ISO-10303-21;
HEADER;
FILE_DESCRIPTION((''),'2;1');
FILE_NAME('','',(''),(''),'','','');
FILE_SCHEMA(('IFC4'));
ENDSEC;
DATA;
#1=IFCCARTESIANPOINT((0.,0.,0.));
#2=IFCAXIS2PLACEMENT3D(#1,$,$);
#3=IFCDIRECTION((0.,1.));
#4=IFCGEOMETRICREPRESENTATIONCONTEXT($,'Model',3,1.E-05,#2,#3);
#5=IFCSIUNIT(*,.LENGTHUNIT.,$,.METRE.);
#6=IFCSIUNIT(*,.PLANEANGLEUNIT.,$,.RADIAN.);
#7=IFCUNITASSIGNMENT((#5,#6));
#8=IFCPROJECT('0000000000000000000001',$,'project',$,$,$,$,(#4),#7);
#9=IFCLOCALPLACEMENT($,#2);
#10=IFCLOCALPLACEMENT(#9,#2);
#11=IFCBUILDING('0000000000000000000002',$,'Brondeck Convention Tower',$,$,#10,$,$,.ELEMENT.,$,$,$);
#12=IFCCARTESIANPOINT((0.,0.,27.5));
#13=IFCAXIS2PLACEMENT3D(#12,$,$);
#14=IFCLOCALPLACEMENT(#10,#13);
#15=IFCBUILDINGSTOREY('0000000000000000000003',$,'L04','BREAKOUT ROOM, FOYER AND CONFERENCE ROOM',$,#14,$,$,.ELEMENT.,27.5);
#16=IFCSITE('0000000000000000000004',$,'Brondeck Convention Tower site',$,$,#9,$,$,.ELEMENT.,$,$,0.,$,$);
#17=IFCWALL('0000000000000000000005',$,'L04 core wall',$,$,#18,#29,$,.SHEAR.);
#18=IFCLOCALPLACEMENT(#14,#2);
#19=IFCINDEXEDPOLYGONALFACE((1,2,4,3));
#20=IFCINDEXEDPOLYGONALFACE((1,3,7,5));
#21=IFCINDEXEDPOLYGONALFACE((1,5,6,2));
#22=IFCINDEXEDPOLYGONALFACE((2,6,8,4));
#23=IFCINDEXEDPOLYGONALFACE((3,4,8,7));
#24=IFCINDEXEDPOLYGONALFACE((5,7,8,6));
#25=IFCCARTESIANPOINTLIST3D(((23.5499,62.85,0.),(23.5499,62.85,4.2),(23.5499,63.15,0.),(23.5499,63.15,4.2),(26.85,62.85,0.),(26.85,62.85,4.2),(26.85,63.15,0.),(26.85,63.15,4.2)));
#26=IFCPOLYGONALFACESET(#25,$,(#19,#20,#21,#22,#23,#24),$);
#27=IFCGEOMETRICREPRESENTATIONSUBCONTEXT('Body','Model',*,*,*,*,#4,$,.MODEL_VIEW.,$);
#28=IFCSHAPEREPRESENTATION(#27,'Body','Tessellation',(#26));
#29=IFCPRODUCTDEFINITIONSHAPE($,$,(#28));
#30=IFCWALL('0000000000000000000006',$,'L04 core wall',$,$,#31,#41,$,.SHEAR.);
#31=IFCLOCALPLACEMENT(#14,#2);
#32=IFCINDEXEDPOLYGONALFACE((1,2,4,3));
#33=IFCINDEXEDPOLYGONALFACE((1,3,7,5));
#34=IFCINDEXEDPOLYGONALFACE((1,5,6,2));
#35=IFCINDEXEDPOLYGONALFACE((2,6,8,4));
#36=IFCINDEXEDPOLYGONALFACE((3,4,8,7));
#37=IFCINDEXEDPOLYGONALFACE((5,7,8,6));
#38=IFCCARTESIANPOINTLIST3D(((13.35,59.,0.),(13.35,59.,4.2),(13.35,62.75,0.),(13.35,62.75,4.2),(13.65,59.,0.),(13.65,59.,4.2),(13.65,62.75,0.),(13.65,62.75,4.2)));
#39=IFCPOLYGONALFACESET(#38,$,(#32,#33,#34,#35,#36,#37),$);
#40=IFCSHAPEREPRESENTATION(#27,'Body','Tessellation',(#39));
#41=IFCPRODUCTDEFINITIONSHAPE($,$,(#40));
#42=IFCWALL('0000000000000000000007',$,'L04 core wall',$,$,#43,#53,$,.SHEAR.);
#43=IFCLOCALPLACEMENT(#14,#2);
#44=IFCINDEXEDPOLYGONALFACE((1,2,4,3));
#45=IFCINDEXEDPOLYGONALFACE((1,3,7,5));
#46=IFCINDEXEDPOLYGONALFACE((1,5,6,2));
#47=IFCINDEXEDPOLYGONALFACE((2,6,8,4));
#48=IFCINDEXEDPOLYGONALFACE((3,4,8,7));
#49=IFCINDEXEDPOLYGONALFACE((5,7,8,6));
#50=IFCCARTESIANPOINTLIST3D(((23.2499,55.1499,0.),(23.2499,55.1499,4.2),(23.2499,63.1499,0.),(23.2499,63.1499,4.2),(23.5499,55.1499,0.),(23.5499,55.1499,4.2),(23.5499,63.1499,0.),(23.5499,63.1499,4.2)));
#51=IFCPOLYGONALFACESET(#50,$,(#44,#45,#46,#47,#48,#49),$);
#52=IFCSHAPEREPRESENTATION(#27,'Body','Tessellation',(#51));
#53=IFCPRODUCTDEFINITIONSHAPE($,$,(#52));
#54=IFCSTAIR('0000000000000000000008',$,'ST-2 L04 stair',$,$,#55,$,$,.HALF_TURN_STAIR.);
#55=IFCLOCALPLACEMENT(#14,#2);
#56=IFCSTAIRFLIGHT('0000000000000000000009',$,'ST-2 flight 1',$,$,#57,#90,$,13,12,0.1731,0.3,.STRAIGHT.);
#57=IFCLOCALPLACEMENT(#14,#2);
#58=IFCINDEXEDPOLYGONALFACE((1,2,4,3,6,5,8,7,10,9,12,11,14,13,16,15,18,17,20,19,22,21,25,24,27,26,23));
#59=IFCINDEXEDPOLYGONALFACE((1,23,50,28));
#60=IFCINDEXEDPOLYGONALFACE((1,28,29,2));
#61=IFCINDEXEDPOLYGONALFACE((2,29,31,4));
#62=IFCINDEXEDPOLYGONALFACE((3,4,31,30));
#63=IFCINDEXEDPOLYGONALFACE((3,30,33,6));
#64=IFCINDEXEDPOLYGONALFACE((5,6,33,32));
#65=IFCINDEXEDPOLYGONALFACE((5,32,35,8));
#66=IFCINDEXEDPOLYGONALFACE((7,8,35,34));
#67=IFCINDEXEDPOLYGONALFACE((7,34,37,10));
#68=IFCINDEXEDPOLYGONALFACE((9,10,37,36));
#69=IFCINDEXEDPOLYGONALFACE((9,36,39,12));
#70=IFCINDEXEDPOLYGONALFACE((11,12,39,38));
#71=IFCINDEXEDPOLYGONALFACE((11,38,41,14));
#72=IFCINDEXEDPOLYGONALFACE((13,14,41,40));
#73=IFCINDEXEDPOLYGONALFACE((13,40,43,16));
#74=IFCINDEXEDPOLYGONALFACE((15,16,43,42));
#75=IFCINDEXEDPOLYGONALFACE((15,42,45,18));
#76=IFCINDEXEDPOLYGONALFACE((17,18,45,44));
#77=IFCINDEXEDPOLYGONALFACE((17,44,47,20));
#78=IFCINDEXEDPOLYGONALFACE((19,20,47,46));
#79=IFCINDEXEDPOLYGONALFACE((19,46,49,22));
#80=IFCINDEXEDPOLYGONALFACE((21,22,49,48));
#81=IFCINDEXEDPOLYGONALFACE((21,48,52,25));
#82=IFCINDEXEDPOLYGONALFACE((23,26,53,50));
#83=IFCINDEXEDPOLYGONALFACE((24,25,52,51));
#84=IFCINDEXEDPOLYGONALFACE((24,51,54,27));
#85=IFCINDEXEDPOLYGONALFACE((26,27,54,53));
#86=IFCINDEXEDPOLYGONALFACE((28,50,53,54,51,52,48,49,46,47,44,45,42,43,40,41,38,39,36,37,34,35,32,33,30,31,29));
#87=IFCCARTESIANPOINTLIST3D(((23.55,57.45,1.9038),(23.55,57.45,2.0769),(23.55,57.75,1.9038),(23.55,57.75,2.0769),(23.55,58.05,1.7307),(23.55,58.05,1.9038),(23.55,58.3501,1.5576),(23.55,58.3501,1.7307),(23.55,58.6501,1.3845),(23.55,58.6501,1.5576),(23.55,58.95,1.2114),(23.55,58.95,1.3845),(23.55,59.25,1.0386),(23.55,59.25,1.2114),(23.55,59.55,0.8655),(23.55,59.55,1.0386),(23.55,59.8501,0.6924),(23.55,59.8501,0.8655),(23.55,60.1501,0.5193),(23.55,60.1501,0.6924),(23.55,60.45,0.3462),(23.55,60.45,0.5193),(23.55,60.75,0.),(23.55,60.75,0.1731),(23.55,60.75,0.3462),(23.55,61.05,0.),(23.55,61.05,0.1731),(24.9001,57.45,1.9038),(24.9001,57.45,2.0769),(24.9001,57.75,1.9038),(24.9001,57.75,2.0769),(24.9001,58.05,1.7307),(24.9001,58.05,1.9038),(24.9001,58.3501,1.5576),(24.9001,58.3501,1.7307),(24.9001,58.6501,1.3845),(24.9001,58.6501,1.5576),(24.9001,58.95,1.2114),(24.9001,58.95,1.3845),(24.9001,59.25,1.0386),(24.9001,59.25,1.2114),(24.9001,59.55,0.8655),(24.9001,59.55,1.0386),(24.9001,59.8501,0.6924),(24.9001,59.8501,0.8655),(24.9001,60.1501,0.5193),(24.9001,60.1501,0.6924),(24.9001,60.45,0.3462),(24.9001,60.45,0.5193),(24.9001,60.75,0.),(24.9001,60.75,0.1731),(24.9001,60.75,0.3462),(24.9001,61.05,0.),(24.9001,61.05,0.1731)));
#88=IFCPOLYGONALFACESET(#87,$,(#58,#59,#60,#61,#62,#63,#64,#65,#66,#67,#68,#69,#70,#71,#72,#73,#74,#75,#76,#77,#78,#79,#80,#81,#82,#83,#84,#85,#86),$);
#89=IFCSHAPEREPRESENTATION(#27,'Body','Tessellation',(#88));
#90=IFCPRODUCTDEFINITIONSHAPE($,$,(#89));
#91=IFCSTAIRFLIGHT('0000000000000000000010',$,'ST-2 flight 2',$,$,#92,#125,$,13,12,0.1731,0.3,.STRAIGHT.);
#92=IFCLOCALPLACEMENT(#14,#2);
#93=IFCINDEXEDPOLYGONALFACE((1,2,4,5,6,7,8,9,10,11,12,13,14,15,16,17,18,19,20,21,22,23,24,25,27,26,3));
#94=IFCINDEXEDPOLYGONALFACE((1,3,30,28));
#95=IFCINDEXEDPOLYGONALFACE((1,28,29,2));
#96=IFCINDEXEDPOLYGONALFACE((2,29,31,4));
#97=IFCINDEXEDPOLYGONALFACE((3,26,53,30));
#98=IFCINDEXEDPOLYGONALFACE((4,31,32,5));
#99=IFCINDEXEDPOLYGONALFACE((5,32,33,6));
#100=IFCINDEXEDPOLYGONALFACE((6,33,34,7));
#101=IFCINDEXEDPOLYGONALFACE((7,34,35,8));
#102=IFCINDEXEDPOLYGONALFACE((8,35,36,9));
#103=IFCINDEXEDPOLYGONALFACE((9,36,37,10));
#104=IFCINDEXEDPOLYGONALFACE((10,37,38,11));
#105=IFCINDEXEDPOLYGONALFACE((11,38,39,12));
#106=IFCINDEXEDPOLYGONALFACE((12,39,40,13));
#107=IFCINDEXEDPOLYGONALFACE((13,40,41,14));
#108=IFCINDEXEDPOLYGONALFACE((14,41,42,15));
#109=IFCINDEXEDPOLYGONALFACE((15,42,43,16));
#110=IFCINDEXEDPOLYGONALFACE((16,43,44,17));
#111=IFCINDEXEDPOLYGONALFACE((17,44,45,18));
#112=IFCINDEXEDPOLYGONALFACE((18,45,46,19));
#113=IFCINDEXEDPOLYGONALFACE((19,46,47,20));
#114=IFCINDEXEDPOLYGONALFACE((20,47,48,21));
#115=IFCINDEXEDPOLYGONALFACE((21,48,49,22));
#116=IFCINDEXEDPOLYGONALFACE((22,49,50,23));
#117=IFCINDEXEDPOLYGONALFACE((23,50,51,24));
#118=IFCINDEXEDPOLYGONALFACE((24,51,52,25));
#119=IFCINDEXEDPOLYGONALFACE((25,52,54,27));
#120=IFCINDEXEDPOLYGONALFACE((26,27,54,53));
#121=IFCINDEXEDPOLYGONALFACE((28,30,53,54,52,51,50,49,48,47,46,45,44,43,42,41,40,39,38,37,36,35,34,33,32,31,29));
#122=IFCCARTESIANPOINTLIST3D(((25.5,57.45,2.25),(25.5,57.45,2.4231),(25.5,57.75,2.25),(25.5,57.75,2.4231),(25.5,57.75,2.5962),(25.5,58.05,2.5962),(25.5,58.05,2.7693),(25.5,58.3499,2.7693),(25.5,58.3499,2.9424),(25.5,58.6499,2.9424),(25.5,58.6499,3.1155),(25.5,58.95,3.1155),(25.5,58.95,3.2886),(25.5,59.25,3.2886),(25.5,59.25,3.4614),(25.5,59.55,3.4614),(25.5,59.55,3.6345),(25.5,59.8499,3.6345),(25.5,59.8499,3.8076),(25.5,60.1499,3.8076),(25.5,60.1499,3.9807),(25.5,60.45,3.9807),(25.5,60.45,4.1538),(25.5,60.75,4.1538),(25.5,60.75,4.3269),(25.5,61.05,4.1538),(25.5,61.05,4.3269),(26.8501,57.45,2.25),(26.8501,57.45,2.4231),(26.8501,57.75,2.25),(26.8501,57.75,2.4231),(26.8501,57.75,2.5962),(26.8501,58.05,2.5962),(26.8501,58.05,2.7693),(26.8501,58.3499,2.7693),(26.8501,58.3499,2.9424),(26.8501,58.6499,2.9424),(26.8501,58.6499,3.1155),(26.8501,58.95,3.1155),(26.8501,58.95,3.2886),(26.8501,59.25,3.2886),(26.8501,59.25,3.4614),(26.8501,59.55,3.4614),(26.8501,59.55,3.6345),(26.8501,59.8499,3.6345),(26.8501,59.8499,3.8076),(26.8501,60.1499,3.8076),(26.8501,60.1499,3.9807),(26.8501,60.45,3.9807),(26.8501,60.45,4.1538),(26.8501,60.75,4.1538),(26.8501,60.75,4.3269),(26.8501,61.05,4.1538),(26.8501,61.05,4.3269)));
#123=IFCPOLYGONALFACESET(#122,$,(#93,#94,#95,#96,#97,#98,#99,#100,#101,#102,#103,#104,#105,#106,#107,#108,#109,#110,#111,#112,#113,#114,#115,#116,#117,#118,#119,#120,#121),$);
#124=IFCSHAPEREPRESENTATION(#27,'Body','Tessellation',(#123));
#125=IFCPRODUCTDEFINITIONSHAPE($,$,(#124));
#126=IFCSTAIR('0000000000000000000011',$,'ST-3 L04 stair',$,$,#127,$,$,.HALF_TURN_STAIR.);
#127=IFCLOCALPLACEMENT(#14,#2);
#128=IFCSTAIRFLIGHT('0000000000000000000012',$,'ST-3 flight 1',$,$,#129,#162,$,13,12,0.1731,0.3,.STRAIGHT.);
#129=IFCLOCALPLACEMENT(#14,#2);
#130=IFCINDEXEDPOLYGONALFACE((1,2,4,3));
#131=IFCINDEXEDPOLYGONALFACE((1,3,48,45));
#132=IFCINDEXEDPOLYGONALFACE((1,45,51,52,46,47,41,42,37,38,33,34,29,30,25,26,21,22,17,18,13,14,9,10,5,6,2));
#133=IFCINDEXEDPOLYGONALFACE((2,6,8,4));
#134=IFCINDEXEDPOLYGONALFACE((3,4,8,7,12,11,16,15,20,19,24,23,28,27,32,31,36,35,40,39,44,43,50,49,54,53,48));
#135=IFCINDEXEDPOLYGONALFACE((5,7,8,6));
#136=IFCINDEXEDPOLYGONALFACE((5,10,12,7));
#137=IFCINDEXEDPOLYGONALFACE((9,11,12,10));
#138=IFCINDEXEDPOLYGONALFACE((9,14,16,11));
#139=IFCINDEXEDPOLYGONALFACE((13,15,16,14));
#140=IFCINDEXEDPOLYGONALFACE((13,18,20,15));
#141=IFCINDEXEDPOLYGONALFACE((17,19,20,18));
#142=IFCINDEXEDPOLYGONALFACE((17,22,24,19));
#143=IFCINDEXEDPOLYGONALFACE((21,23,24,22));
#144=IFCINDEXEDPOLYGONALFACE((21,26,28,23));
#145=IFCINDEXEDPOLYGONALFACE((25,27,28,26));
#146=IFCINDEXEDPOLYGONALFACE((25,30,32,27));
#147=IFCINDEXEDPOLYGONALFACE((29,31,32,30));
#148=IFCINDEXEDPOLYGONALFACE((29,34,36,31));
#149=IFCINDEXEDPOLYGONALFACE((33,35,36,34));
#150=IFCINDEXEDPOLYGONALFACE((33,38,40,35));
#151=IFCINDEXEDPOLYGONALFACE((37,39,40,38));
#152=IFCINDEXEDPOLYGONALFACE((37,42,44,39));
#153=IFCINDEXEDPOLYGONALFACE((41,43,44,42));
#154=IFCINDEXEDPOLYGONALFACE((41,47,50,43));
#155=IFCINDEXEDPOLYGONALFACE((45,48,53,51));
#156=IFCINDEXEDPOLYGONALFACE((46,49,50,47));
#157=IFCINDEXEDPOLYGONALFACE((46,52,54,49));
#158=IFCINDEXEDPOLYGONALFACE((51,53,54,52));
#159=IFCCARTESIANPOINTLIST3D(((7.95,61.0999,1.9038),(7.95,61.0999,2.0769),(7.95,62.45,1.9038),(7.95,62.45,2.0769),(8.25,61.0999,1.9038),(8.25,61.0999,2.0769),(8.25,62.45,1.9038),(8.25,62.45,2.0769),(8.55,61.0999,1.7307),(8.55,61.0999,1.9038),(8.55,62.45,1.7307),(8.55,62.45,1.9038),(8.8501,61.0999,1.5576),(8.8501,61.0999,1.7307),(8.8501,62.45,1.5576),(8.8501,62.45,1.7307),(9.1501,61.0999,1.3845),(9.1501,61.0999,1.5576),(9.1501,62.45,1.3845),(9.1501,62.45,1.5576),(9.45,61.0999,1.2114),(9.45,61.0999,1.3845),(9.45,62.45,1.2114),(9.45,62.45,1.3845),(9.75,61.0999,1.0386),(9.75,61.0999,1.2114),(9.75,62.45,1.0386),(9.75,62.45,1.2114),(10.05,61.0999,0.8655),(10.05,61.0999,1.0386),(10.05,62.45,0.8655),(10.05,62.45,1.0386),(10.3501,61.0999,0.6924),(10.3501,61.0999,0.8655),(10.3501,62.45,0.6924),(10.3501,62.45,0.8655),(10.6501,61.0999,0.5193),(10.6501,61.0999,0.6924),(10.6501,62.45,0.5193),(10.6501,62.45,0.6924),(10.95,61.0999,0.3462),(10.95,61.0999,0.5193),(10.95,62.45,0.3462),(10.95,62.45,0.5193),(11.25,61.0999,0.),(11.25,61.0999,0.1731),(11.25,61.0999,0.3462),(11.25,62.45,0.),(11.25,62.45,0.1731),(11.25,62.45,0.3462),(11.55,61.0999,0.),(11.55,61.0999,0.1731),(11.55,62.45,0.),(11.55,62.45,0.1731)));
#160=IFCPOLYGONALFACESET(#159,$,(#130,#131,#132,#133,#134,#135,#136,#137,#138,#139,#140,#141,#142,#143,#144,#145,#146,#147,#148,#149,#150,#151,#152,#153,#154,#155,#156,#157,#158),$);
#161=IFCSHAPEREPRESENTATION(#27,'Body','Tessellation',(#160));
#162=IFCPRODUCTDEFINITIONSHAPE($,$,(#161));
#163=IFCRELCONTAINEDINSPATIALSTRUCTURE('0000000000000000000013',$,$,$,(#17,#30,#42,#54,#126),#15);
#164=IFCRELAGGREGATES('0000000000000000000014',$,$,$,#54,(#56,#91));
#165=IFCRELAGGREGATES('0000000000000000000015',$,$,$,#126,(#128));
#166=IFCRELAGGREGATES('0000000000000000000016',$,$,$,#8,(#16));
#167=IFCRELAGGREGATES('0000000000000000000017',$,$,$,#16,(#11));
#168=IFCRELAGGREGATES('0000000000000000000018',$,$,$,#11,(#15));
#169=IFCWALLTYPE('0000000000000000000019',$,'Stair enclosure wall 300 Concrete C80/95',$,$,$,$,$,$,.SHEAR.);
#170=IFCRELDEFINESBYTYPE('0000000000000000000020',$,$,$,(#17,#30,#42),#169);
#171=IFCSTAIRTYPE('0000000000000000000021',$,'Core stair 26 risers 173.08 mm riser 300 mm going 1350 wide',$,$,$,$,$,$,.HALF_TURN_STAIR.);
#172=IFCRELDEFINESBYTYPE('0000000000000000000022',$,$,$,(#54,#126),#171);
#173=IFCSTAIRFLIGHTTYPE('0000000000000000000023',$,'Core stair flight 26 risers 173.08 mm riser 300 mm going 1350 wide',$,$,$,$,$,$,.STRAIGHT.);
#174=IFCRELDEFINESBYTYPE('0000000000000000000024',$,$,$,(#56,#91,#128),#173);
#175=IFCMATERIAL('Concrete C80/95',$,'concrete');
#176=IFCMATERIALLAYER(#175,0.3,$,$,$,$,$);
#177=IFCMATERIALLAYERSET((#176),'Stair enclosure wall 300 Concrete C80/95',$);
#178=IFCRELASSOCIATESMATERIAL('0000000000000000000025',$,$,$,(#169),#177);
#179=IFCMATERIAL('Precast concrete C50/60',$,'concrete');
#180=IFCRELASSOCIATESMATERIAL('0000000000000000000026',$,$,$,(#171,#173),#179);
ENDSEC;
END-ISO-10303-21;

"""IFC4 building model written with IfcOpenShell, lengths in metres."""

from ifc_helpers import new_model, si_unit, direction, frame, frame_2d, origin, place, context, subcontext, project, spatial, polyline, rectangle, outline, extrude, material, layer, layer_set, type_object, element, aggregate, save


model = new_model("IFC4")

# Units and contexts
model_context = context("Model", 3, precision=1e-05, world=origin(), true_north=direction((0.0, 1.0)))
body_context = subcontext(model_context, "Body", "Model", "MODEL_VIEW")
ifc_project = project(units=[si_unit("LENGTHUNIT", "METRE"), si_unit("PLANEANGLEUNIT", "RADIAN")], contexts=[model_context])

# Site, building, storey
site_placement = place(None, origin())
site = spatial("IfcSite", under=ifc_project, at=site_placement, Name="Brondeck Convention Tower site", CompositionType="ELEMENT", RefElevation=0.0)
building_placement = place(site_placement, origin())
building = spatial("IfcBuilding", under=site, at=building_placement, Name="Brondeck Convention Tower", CompositionType="ELEMENT")
storey_placement = place(building_placement, frame((0.0, 0.0, 27.5)))
storey = spatial("IfcBuildingStorey", under=building, at=storey_placement, Name="L04", Description="BREAKOUT ROOM, FOYER AND CONFERENCE ROOM", CompositionType="ELEMENT", Elevation=27.5)

# Shared definitions
ifc_material_1 = material(Name="Concrete C80/95", Category="concrete")

# Walls
ifc_layer_1 = layer(ifc_material_1, 0.3)
ifc_layer_set_1 = layer_set([ifc_layer_1], Name="Stair enclosure wall 300 Concrete C80/95")
wall_type_1 = type_object("IfcWallType", Name="Stair enclosure wall 300 Concrete C80/95", PredefinedType="SHEAR", material=ifc_layer_set_1)
wall_1_placement = place(storey_placement, frame((23.55, 63.0, 0.0), z_axis=(0.0, 0.0, 1.0), x_axis=(1.0, 0.0, 0.0)))
element("IfcWall", 1, at=wall_1_placement, inside=storey, type_object=wall_type_1, Name="L04 core wall", PredefinedType="SHEAR", context=body_context, shape_type="SweptSolid", body=[
    extrude(rectangle(XDim=3.3, YDim=0.3, at=frame_2d((1.6499, 0.0))), origin(), (0.0, 0.0, 1.0), 4.2),
])
wall_2_placement = place(storey_placement, frame((13.5, 59.0, 0.0), z_axis=(0.0, 0.0, 1.0), x_axis=(0.0, 1.0, 0.0)))
element("IfcWall", 2, at=wall_2_placement, inside=storey, type_object=wall_type_1, Name="L04 core wall", PredefinedType="SHEAR", context=body_context, shape_type="SweptSolid", body=[
    extrude(rectangle(XDim=3.75, YDim=0.3, at=frame_2d((1.875, 0.0))), origin(), (0.0, 0.0, 1.0), 4.2),
])
wall_3_placement = place(storey_placement, frame((23.3999, 55.1499, 0.0), z_axis=(0.0, 0.0, 1.0), x_axis=(0.0, 1.0, 0.0)))
element("IfcWall", 3, at=wall_3_placement, inside=storey, type_object=wall_type_1, Name="L04 core wall", PredefinedType="SHEAR", context=body_context, shape_type="SweptSolid", body=[
    extrude(rectangle(XDim=8.0, YDim=0.3, at=frame_2d((4.0, 0.0))), origin(), (0.0, 0.0, 1.0), 4.2),
])

# Stair, stair flights
ifc_material_2 = material(Name="Precast concrete C50/60", Category="concrete")
stair_type = type_object("IfcStairType", Name="Core stair 26 risers 173.08 mm riser 300 mm going 1350 wide", PredefinedType="HALF_TURN_STAIR", material=ifc_material_2)
stair_1_placement = place(storey_placement, origin())
stair_1 = element("IfcStair", 4, at=stair_1_placement, inside=storey, type_object=stair_type, Name="ST-2 L04 stair", PredefinedType="HALF_TURN_STAIR")
stair_flight_type = type_object("IfcStairFlightType", Name="Core stair flight 26 risers 173.08 mm riser 300 mm going 1350 wide", PredefinedType="STRAIGHT", material=ifc_material_2)
stair_flight_1_placement = place(storey_placement, frame((24.2251, 61.05, 0.0), z_axis=(0.0, 0.0, 1.0), x_axis=(0.0, -1.0, 0.0)))
stair_flight_1 = element("IfcStairFlight", 5, at=stair_flight_1_placement, type_object=stair_flight_type, Name="ST-2 flight 1", NumberOfRisers=13, NumberOfTreads=12, PredefinedType="STRAIGHT", RiserHeight=0.1731, TreadLength=0.3, context=body_context, shape_type="SweptSolid", body=[
    extrude(outline(polyline([(0.0, 0.0), (0.0, 0.1731), (0.3, 0.1731), (0.3, 0.3462), (0.6001, 0.3462), (0.6001, 0.5193), (0.8999, 0.5193), (0.8999, 0.6924), (1.2, 0.6924), (1.2, 0.8655), (1.5, 0.8655), (1.5, 1.0386), (1.8, 1.0386), (1.8, 1.2114), (2.1001, 1.2114), (2.1001, 1.3845), (2.3999, 1.3845), (2.3999, 1.5576), (2.7, 1.5576), (2.7, 1.7307), (3.0, 1.7307), (3.0, 1.9038), (3.3, 1.9038), (3.3, 2.0769), (3.6001, 2.0769), (3.6001, 2.25), (3.6001, 1.9038), (0.3, 0.0), (0.0, 0.0)])), frame((0.0, 0.675, 0.0), z_axis=(0.0, -1.0, 0.0), x_axis=(1.0, 0.0, 0.0)), (0.0, 0.0, 1.0), 1.3501),
])
stair_flight_2_placement = place(storey_placement, frame((26.175, 57.45, 2.25), z_axis=(0.0, 0.0, 1.0), x_axis=(0.0, 1.0, 0.0)))
stair_flight_2 = element("IfcStairFlight", 6, at=stair_flight_2_placement, type_object=stair_flight_type, Name="ST-2 flight 2", NumberOfRisers=13, NumberOfTreads=12, PredefinedType="STRAIGHT", RiserHeight=0.1731, TreadLength=0.3, context=body_context, shape_type="SweptSolid", body=[
    extrude(outline(polyline([(0.0, 0.0), (0.0, 0.1731), (0.3, 0.1731), (0.3, 0.3462), (0.6001, 0.3462), (0.6001, 0.5193), (0.8999, 0.5193), (0.8999, 0.6924), (1.2, 0.6924), (1.2, 0.8655), (1.5, 0.8655), (1.5, 1.0386), (1.8, 1.0386), (1.8, 1.2114), (2.1001, 1.2114), (2.1001, 1.3845), (2.3999, 1.3845), (2.3999, 1.5576), (2.7, 1.5576), (2.7, 1.7307), (3.0, 1.7307), (3.0, 1.9038), (3.3, 1.9038), (3.3, 2.0769), (3.6001, 2.0769), (3.6001, 2.25), (3.6001, 1.9038), (0.3, 0.0), (0.0, 0.0)])), frame((0.0, 0.675, 0.0), z_axis=(0.0, -1.0, 0.0), x_axis=(1.0, 0.0, 0.0)), (0.0, 0.0, 1.0), 1.3501),
])
aggregate(stair_1, [stair_flight_1, stair_flight_2])

# Stair, stair flight
stair_2_placement = place(storey_placement, origin())
stair_2 = element("IfcStair", 7, at=stair_2_placement, inside=storey, type_object=stair_type, Name="ST-3 L04 stair", PredefinedType="HALF_TURN_STAIR")
stair_flight_3_placement = place(storey_placement, frame((11.55, 61.7749, 0.0), z_axis=(0.0, 0.0, 1.0), x_axis=(-1.0, 0.0, 0.0)))
stair_flight_3 = element("IfcStairFlight", 8, at=stair_flight_3_placement, type_object=stair_flight_type, Name="ST-3 flight 1", NumberOfRisers=13, NumberOfTreads=12, PredefinedType="STRAIGHT", RiserHeight=0.1731, TreadLength=0.3, context=body_context, shape_type="SweptSolid", body=[
    extrude(outline(polyline([(0.0, 0.0), (0.0, 0.1731), (0.3, 0.1731), (0.3, 0.3462), (0.6001, 0.3462), (0.6001, 0.5193), (0.8999, 0.5193), (0.8999, 0.6924), (1.2, 0.6924), (1.2, 0.8655), (1.5, 0.8655), (1.5, 1.0386), (1.8, 1.0386), (1.8, 1.2114), (2.1001, 1.2114), (2.1001, 1.3845), (2.3999, 1.3845), (2.3999, 1.5576), (2.7, 1.5576), (2.7, 1.7307), (3.0, 1.7307), (3.0, 1.9038), (3.3, 1.9038), (3.3, 2.0769), (3.6001, 2.0769), (3.6001, 2.25), (3.6001, 1.9038), (0.3, 0.0), (0.0, 0.0)])), frame((0.0, 0.675, 0.0), z_axis=(0.0, -1.0, 0.0), x_axis=(1.0, 0.0, 0.0)), (0.0, 0.0, 1.0), 1.3501),
])
aggregate(stair_2, [stair_flight_3])

save(model, "model.ifc")
